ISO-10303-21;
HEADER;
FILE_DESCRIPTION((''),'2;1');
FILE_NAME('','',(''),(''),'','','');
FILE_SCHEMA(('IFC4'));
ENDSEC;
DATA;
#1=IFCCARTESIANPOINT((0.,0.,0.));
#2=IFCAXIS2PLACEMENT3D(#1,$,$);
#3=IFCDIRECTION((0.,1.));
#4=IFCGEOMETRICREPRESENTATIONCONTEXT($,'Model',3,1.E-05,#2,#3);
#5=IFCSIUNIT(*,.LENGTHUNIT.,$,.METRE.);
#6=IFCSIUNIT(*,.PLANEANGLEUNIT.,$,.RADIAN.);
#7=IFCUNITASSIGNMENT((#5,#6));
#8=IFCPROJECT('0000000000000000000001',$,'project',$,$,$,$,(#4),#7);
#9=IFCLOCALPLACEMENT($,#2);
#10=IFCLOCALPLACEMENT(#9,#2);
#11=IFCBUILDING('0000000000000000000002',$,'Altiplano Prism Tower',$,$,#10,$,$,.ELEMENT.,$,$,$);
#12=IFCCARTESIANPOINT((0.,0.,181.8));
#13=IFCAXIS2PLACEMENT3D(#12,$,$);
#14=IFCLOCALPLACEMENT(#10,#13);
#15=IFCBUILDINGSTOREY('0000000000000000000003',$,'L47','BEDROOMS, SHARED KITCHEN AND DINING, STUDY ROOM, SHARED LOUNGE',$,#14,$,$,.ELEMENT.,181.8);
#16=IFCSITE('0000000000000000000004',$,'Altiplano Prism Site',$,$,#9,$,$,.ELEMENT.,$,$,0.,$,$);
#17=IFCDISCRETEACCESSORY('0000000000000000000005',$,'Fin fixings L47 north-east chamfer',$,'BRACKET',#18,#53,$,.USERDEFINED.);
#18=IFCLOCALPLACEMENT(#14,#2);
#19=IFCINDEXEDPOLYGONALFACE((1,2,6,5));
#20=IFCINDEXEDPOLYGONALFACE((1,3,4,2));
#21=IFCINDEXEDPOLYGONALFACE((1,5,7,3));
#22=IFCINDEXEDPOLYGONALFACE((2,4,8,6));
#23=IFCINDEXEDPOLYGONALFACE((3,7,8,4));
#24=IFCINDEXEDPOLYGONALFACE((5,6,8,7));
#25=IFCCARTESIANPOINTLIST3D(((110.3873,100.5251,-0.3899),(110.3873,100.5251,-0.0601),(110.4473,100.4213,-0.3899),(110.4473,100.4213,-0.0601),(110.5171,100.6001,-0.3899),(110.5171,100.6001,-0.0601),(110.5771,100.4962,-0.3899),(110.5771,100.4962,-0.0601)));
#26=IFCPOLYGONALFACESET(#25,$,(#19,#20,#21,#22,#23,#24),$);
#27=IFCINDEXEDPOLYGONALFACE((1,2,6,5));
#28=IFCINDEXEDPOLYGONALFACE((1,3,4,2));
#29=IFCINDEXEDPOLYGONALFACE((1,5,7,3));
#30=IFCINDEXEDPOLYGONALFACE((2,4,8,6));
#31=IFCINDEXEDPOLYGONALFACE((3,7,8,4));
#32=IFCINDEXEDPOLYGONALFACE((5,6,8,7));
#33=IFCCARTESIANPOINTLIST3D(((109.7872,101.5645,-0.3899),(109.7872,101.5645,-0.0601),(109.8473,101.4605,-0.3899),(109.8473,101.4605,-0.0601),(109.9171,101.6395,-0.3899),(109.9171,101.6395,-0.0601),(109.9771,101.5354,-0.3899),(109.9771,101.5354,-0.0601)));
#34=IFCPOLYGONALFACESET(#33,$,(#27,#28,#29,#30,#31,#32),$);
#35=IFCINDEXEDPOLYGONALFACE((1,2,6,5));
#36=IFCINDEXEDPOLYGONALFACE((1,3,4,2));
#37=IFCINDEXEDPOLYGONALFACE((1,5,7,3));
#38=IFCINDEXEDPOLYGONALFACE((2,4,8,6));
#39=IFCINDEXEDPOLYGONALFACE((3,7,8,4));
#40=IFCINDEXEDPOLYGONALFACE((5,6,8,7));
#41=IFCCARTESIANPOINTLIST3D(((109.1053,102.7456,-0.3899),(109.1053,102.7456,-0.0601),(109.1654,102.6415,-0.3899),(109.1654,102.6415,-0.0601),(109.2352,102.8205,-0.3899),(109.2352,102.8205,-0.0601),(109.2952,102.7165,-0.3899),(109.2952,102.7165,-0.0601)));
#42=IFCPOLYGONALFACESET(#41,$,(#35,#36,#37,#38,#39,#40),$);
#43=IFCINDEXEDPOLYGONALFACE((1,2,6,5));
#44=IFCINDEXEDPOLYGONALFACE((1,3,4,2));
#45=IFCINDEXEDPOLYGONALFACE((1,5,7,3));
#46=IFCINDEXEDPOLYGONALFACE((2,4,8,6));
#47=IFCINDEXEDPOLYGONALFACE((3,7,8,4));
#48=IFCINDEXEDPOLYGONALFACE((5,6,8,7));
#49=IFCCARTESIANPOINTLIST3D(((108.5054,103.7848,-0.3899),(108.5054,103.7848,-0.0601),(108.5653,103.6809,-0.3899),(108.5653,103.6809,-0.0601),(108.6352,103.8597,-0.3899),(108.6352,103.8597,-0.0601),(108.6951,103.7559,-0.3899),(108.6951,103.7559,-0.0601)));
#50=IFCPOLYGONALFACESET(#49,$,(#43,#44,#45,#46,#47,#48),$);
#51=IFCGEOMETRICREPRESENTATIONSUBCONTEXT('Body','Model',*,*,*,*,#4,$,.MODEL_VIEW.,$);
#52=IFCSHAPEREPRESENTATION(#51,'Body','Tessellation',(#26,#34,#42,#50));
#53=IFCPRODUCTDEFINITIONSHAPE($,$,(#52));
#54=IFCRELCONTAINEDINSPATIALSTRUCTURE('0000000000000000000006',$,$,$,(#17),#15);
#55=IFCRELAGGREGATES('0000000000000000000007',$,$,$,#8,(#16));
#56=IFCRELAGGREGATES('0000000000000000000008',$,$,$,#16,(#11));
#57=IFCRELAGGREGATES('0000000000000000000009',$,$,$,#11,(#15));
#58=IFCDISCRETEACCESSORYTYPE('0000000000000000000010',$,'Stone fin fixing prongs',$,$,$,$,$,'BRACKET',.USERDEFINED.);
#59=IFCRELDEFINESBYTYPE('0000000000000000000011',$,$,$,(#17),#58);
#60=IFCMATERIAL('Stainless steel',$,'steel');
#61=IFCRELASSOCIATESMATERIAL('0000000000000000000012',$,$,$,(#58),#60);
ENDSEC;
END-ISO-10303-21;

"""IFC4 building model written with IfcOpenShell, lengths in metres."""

from ifc_helpers import new_model, si_unit, direction, frame, origin, place, context, subcontext, project, spatial, polyline, outline, extrude, source, transform, mapped, material, type_object, element, save


model = new_model("IFC4")

# Units and contexts
model_context = context("Model", 3, precision=1e-05, world=origin(), true_north=direction((0.0, 1.0)))
body_context = subcontext(model_context, "Body", "Model", "MODEL_VIEW")
ifc_project = project(units=[si_unit("LENGTHUNIT", "METRE"), si_unit("PLANEANGLEUNIT", "RADIAN")], contexts=[model_context])

# Site, building, storey
site_placement = place(None, origin())
site = spatial("IfcSite", under=ifc_project, at=site_placement, Name="Altiplano Prism Site", CompositionType="ELEMENT", RefElevation=0.0)
building_placement = place(site_placement, origin())
building = spatial("IfcBuilding", under=site, at=building_placement, Name="Altiplano Prism Tower", CompositionType="ELEMENT")
storey_placement = place(building_placement, frame((0.0, 0.0, 181.8)))
storey = spatial("IfcBuildingStorey", under=building, at=storey_placement, Name="L47", Description="BEDROOMS, SHARED KITCHEN AND DINING, STUDY ROOM, SHARED LOUNGE", CompositionType="ELEMENT", Elevation=181.8)

# Discrete accessory
ifc_material_1 = material(Name="Stainless steel", Category="steel")
discrete_accessory_type = type_object("IfcDiscreteAccessoryType", Name="Stone fin fixing prongs", ElementType="BRACKET", PredefinedType="USERDEFINED", material=ifc_material_1)
shared_shape_1 = source(origin(), body_context, "Body", "SweptSolid", [
    extrude(outline(polyline([(-1.9419, 0.0601), (-1.822, 0.0601), (-1.822, 0.3899), (-1.9419, 0.3899), (-1.9419, 0.0601)])), frame((0.0, 0.0, 0.0), z_axis=(0.0, -1.0, 0.0), x_axis=(1.0, 0.0, 0.0)), (0.0, 0.0, 1.0), 0.1499),
    extrude(outline(polyline([(-0.7419, 0.0601), (-0.6218, 0.0601), (-0.6218, 0.3899), (-0.7419, 0.3899), (-0.7419, 0.0601)])), frame((0.0, 0.0, 0.0), z_axis=(0.0, -1.0, 0.0), x_axis=(1.0, 0.0, 0.0)), (0.0, 0.0, 1.0), 0.1499),
    extrude(outline(polyline([(0.6218, 0.0601), (0.7419, 0.0601), (0.7419, 0.3899), (0.6218, 0.3899), (0.6218, 0.0601)])), frame((0.0, 0.0, 0.0), z_axis=(0.0, -1.0, 0.0), x_axis=(1.0, 0.0, 0.0)), (0.0, 0.0, 1.0), 0.1499),
    extrude(outline(polyline([(1.822, 0.0601), (1.9419, 0.0601), (1.9419, 0.3899), (1.822, 0.3899), (1.822, 0.0601)])), frame((0.0, 0.0, 0.0), z_axis=(0.0, -1.0, 0.0), x_axis=(1.0, 0.0, 0.0)), (0.0, 0.0, 1.0), 0.1499),
])
discrete_accessory_1_placement = place(storey_placement, origin())
element("IfcDiscreteAccessory", 1, at=discrete_accessory_1_placement, inside=storey, type_object=discrete_accessory_type, Name="Fin fixings L47 north-east chamfer", ObjectType="BRACKET", PredefinedType="USERDEFINED", context=body_context, shape_type="MappedRepresentation", body=[
    mapped(shared_shape_1, transform((109.4763, 102.103, -0.45), x_axis=(-0.5, 0.866025, 0.0), y_axis=(-0.866025, -0.5, 0.0), z_axis=(0.0, 0.0, 1.0))),
])

save(model, "model.ifc")
